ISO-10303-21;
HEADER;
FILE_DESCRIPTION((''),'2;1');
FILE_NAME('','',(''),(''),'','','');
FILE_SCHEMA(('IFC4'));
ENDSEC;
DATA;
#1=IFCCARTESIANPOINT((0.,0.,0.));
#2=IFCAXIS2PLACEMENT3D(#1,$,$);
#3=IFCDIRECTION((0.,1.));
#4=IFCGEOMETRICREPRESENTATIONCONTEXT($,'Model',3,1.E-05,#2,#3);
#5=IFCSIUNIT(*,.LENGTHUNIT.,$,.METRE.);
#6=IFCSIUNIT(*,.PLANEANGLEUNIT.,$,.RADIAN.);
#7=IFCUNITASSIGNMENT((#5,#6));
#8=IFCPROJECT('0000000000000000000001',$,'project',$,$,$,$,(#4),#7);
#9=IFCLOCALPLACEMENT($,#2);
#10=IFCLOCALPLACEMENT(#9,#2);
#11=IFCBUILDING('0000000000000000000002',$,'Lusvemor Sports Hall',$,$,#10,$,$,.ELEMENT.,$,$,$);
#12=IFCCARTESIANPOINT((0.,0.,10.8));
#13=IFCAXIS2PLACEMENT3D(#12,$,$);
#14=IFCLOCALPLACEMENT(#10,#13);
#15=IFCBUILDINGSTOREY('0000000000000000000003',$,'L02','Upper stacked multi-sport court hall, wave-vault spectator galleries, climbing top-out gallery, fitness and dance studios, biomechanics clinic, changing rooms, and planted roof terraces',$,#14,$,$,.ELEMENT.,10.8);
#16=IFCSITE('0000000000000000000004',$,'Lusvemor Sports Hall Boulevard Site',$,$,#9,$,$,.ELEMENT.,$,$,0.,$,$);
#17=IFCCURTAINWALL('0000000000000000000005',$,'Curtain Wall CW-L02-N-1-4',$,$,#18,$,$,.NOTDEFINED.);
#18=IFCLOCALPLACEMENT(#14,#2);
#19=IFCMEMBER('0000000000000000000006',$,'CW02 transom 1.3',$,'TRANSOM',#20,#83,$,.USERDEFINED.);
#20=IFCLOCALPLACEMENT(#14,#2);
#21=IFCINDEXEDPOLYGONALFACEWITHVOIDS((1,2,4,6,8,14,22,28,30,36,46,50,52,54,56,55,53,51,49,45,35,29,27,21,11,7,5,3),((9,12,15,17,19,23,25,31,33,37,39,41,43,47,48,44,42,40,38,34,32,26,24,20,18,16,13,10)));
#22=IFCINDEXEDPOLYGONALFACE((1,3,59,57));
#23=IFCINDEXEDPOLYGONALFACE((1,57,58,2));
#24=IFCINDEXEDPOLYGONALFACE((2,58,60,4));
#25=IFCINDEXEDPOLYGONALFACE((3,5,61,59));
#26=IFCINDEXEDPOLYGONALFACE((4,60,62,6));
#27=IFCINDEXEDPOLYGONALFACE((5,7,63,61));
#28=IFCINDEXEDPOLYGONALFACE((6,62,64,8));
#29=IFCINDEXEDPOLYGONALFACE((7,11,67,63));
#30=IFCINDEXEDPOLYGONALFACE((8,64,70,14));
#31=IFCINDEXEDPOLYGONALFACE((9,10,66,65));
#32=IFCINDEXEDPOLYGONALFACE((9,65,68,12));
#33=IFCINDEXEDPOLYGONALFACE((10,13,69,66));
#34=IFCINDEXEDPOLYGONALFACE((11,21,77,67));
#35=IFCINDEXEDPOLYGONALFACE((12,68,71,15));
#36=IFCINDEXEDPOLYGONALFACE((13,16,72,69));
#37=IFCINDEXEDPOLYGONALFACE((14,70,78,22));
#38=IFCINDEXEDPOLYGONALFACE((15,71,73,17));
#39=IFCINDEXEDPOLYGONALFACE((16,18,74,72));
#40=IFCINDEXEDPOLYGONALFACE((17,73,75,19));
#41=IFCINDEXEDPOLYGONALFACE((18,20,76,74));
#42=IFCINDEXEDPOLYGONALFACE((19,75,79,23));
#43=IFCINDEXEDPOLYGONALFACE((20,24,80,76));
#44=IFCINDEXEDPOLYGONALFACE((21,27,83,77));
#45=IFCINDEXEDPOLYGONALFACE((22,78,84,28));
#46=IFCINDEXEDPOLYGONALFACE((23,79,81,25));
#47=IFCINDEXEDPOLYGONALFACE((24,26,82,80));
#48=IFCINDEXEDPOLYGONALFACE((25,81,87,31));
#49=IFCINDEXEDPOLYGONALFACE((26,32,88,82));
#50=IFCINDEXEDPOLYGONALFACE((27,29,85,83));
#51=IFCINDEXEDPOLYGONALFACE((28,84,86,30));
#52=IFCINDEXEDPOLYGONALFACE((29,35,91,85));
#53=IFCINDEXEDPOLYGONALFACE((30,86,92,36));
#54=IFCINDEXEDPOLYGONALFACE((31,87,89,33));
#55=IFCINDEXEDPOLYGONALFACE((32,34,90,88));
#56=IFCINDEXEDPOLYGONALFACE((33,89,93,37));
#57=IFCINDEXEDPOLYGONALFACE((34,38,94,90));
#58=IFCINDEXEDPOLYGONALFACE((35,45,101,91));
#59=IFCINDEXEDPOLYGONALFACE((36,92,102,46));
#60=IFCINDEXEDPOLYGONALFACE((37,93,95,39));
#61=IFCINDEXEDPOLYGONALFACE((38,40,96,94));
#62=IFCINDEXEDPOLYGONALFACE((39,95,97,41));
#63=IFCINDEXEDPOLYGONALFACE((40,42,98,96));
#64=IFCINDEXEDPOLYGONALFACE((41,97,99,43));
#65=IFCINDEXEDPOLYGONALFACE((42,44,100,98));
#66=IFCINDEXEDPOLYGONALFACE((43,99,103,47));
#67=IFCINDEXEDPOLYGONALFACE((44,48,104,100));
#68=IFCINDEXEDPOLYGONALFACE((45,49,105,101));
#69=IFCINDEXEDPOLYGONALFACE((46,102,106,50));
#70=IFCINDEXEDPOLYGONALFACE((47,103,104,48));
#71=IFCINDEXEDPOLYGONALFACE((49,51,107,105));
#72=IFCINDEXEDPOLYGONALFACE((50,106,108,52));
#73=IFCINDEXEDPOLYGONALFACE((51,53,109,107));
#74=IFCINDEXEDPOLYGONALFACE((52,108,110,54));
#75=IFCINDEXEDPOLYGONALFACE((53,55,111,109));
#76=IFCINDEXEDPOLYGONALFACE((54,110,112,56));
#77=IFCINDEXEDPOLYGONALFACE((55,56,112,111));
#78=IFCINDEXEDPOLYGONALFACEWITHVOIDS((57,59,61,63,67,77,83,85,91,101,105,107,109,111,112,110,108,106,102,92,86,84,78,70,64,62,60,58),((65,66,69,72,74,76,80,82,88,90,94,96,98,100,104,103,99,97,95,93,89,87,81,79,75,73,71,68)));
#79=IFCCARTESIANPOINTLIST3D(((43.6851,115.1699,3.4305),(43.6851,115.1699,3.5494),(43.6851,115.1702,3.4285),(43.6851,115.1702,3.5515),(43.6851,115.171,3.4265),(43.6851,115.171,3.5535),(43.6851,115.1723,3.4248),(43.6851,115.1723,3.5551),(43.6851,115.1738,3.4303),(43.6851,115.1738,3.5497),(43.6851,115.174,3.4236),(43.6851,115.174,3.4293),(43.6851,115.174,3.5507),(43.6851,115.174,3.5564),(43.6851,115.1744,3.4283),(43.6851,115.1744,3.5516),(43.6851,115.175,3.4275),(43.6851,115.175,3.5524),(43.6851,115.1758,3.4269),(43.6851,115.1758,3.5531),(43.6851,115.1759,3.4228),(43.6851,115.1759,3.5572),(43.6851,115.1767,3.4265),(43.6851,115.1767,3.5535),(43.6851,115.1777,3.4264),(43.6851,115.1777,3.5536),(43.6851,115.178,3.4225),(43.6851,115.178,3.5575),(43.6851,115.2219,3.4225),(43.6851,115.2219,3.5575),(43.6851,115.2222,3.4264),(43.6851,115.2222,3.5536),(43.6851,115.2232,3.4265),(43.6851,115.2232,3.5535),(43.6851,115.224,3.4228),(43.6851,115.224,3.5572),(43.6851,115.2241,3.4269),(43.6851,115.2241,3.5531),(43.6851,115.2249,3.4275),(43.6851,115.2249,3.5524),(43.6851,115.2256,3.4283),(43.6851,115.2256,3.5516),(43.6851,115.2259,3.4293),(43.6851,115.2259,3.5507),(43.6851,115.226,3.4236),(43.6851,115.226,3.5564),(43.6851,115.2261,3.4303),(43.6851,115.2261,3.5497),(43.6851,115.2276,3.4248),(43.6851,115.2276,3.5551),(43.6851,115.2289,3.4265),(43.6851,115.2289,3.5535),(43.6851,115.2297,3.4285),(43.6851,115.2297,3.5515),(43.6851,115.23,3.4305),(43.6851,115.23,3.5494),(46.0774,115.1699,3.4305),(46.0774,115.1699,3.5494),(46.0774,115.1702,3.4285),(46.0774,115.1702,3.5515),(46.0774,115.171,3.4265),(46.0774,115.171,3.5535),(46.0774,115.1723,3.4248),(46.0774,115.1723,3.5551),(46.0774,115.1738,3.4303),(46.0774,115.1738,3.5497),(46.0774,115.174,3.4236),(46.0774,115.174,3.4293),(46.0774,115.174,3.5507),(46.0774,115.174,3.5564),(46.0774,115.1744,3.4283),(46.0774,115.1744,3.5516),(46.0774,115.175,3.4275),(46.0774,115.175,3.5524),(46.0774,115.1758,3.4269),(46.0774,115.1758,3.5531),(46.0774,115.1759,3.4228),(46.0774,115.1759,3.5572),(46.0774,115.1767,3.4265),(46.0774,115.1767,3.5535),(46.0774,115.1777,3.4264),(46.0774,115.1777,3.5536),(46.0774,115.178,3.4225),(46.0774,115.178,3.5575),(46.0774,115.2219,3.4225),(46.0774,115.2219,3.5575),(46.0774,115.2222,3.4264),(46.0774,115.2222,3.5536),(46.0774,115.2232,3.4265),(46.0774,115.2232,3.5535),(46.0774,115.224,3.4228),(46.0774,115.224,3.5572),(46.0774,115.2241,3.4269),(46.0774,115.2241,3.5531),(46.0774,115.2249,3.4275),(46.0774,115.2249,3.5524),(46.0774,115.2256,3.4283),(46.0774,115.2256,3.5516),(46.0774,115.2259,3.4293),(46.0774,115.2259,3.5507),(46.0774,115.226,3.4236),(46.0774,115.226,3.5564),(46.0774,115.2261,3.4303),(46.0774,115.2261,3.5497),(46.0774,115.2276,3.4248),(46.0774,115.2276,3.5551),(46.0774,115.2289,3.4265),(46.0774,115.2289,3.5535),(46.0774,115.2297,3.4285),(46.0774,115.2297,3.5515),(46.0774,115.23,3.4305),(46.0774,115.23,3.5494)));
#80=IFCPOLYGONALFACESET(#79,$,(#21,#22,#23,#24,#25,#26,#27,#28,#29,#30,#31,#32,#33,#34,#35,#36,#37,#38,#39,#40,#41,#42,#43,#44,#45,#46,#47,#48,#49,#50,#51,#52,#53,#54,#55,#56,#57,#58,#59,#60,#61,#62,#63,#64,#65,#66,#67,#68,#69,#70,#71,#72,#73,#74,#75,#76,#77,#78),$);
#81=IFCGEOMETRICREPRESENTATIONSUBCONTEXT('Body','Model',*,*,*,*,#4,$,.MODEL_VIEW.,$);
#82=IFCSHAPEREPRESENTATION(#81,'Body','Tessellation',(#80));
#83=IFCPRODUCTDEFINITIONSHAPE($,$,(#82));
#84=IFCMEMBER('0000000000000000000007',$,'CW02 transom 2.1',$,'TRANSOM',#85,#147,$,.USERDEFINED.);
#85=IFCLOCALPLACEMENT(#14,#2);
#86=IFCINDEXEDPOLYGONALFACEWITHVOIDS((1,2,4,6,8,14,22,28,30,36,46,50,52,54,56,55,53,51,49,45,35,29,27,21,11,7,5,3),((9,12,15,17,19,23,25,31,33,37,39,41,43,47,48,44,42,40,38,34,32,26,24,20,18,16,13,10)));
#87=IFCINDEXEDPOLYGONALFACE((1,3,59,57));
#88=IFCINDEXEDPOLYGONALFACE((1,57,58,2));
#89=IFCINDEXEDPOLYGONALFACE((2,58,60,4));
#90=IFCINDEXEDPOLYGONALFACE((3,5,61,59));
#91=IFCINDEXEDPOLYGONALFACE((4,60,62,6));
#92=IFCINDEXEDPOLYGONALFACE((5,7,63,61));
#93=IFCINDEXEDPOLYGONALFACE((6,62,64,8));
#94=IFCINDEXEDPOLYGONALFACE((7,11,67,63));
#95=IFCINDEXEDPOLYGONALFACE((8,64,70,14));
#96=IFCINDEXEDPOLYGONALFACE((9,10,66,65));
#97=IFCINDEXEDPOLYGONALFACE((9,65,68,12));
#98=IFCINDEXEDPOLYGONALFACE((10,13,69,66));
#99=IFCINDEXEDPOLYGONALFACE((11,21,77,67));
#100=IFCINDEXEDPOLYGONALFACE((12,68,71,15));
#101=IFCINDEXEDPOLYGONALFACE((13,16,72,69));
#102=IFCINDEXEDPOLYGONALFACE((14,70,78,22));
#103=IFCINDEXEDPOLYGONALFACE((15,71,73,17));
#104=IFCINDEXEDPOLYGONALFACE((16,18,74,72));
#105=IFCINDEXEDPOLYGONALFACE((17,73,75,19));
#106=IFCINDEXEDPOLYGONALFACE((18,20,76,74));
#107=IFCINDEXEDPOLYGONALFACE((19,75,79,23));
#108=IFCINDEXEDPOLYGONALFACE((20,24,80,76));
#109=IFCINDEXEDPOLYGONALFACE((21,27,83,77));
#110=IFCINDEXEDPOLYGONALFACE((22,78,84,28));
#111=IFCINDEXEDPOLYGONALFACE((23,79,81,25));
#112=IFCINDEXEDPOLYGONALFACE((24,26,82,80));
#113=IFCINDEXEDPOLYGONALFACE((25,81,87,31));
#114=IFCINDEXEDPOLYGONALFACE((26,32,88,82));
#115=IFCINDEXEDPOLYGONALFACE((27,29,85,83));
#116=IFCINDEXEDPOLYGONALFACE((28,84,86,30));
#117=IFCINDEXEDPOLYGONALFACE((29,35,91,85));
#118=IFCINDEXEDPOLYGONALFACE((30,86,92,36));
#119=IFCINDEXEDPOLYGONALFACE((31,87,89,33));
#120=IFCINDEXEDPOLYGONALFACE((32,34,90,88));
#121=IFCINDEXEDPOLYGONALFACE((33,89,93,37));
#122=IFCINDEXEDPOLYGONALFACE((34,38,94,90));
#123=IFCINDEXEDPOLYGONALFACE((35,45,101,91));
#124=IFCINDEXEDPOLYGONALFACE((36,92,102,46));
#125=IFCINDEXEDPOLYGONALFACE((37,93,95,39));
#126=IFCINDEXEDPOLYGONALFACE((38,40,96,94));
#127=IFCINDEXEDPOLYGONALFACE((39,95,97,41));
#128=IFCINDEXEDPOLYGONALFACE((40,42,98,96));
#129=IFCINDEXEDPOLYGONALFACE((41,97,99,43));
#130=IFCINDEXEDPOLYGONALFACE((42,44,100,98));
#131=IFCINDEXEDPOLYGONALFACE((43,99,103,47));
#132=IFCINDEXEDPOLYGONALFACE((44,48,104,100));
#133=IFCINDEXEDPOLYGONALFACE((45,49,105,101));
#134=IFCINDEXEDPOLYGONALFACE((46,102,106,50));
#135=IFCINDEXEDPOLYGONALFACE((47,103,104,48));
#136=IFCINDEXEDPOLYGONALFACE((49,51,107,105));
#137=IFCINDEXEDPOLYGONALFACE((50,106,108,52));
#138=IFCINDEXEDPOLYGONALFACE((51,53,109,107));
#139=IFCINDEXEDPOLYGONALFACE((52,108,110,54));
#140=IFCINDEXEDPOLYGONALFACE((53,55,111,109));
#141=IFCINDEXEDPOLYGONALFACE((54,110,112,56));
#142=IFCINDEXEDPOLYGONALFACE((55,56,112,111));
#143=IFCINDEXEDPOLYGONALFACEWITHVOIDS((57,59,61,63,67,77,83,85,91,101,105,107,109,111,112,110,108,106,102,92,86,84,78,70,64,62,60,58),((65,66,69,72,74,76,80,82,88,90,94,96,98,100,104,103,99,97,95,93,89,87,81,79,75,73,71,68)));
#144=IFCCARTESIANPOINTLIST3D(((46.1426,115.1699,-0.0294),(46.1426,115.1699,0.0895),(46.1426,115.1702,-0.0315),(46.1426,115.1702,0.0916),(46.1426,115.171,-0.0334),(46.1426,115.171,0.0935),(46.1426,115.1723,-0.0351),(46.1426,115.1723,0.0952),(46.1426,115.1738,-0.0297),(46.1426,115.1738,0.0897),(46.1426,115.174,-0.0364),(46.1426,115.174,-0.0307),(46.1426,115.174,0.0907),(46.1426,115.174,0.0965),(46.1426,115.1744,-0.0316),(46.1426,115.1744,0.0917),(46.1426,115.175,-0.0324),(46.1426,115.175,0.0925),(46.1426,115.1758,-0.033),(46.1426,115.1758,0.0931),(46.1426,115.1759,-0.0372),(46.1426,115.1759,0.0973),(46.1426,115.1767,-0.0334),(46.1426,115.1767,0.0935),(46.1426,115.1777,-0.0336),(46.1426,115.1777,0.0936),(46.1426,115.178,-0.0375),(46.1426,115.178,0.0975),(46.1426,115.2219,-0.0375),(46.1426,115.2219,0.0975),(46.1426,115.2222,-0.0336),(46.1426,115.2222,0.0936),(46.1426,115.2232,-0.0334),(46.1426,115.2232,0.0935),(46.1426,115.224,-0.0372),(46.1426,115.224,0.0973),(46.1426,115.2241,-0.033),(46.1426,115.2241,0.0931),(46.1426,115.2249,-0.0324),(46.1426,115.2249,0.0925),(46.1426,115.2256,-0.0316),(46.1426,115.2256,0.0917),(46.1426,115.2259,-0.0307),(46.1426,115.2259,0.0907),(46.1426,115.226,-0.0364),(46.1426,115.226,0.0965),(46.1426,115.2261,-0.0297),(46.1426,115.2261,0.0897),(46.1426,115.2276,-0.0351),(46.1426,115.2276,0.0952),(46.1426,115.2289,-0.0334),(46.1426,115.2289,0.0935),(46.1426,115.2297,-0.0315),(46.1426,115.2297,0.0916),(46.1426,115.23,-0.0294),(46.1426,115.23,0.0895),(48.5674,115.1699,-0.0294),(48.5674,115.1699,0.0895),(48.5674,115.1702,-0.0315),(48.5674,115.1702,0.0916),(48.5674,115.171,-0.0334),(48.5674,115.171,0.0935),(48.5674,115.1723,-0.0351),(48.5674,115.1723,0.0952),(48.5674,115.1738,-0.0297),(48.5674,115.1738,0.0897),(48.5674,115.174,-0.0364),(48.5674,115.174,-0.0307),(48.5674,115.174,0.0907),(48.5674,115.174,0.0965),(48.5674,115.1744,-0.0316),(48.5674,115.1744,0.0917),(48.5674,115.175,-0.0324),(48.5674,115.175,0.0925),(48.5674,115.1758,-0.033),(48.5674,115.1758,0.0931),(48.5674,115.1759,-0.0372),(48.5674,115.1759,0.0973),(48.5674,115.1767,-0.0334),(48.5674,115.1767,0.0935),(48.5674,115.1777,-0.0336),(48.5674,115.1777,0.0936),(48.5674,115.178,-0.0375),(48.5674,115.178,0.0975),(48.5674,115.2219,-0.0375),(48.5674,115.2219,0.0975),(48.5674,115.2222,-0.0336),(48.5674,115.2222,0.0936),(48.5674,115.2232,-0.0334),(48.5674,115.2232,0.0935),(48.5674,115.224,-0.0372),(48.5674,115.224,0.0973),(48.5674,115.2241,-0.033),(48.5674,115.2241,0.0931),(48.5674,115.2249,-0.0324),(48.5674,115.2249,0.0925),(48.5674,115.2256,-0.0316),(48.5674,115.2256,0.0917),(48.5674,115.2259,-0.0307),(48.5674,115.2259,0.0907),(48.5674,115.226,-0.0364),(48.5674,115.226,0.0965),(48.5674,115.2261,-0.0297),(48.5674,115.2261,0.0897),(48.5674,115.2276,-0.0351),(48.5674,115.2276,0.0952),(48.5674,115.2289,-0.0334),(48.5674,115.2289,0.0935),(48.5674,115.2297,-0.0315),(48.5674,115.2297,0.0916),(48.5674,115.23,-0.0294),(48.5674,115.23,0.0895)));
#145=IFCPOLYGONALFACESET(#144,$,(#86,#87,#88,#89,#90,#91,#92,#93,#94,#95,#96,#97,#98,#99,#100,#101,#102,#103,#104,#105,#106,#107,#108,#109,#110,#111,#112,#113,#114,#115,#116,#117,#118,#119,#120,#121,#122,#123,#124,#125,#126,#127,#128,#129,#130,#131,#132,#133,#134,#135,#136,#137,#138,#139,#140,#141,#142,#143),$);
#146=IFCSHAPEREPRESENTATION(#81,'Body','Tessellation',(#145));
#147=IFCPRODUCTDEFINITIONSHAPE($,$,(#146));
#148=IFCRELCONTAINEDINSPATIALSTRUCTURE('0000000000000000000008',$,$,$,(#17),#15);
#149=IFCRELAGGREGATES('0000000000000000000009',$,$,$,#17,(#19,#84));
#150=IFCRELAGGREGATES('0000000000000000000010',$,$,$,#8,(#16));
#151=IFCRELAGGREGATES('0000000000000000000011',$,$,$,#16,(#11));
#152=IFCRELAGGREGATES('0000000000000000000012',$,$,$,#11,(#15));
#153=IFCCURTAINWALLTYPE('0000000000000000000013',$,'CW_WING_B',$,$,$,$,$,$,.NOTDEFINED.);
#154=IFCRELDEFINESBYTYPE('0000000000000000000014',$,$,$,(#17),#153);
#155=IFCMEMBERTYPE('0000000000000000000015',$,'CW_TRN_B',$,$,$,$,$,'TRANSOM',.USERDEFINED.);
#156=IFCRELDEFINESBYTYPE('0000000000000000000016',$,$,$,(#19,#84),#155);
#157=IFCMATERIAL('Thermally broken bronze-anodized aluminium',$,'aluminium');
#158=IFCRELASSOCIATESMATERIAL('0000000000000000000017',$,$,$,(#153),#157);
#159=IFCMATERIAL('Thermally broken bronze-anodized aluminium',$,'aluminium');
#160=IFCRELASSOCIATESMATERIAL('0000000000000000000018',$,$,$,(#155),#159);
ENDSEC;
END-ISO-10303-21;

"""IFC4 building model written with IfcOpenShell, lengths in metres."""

from ifc_helpers import new_model, si_unit, direction, frame, origin, origin_2d, place, context, subcontext, project, spatial, hollow_rectangle, extrude, material, material_profile, profile_set, type_object, element, aggregate, save


model = new_model("IFC4")

# Units and contexts
model_context = context("Model", 3, precision=1e-05, world=origin(), true_north=direction((0.0, 1.0)))
body_context = subcontext(model_context, "Body", "Model", "MODEL_VIEW")
ifc_project = project(units=[si_unit("LENGTHUNIT", "METRE"), si_unit("PLANEANGLEUNIT", "RADIAN")], contexts=[model_context])

# Site, building, storey
site_placement = place(None, origin())
site = spatial("IfcSite", under=ifc_project, at=site_placement, Name="Lusvemor Sports Hall Boulevard Site", CompositionType="ELEMENT", RefElevation=0.0)
building_placement = place(site_placement, origin())
building = spatial("IfcBuilding", under=site, at=building_placement, Name="Lusvemor Sports Hall", CompositionType="ELEMENT")
storey_placement = place(building_placement, frame((0.0, 0.0, 10.8)))
storey = spatial("IfcBuildingStorey", under=building, at=storey_placement, Name="L02", Description="Upper stacked multi-sport court hall, wave-vault spectator galleries, climbing top-out gallery, fitness and dance studios, biomechanics clinic, changing rooms, and planted roof terraces", CompositionType="ELEMENT", Elevation=10.8)

# Curtain wall, members
ifc_material_1 = material(Name="Thermally broken bronze-anodized aluminium", Category="aluminium")
curtain_wall_type = type_object("IfcCurtainWallType", Name="CW_WING_B", PredefinedType="NOTDEFINED", material=ifc_material_1)
curtain_wall_placement = place(storey_placement, origin())
curtain_wall = element("IfcCurtainWall", 1, at=curtain_wall_placement, inside=storey, type_object=curtain_wall_type, Name="Curtain Wall CW-L02-N-1-4", PredefinedType="NOTDEFINED")
ifc_material_2 = material(Name="Thermally broken bronze-anodized aluminium", Category="aluminium")
ifc_material_profile_1 = material_profile(ifc_material_2, hollow_rectangle(XDim=0.0601, YDim=0.135, WallThickness=0.0039, InnerFilletRadius=0.0039, OuterFilletRadius=0.0081, at=origin_2d()), Name="CWTRN135x60x4")
ifc_profile_set_1 = profile_set([ifc_material_profile_1], Name="Thermally broken bronze-anodized aluminium")
member_type_1 = type_object("IfcMemberType", Name="CW_TRN_B", ElementType="TRANSOM", PredefinedType="USERDEFINED", material=ifc_profile_set_1)
member_1_placement = place(storey_placement, frame((43.6851, 115.2, 3.49), z_axis=(1.0, 0.0, 0.0), x_axis=(0.0, 1.0, 0.0)))
member_1 = element("IfcMember", 2, at=member_1_placement, type_object=member_type_1, Name="CW02 transom 1.3", ObjectType="TRANSOM", PredefinedType="USERDEFINED", context=body_context, shape_type="SweptSolid", body=[
    extrude(hollow_rectangle(XDim=0.0601, YDim=0.135, WallThickness=0.0039, InnerFilletRadius=0.0039, OuterFilletRadius=0.0081, at=origin_2d()), origin(), (0.0, 0.0, 1.0), 2.3923),
])
member_2_placement = place(storey_placement, frame((46.1426, 115.2, 0.03), z_axis=(1.0, 0.0, 0.0), x_axis=(0.0, 1.0, 0.0)))
member_2 = element("IfcMember", 3, at=member_2_placement, type_object=member_type_1, Name="CW02 transom 2.1", ObjectType="TRANSOM", PredefinedType="USERDEFINED", context=body_context, shape_type="SweptSolid", body=[
    extrude(hollow_rectangle(XDim=0.0601, YDim=0.135, WallThickness=0.0039, InnerFilletRadius=0.0039, OuterFilletRadius=0.0081, at=origin_2d()), origin(), (0.0, 0.0, 1.0), 2.4248),
])

aggregate(curtain_wall, [member_1, member_2])

save(model, "model.ifc")
